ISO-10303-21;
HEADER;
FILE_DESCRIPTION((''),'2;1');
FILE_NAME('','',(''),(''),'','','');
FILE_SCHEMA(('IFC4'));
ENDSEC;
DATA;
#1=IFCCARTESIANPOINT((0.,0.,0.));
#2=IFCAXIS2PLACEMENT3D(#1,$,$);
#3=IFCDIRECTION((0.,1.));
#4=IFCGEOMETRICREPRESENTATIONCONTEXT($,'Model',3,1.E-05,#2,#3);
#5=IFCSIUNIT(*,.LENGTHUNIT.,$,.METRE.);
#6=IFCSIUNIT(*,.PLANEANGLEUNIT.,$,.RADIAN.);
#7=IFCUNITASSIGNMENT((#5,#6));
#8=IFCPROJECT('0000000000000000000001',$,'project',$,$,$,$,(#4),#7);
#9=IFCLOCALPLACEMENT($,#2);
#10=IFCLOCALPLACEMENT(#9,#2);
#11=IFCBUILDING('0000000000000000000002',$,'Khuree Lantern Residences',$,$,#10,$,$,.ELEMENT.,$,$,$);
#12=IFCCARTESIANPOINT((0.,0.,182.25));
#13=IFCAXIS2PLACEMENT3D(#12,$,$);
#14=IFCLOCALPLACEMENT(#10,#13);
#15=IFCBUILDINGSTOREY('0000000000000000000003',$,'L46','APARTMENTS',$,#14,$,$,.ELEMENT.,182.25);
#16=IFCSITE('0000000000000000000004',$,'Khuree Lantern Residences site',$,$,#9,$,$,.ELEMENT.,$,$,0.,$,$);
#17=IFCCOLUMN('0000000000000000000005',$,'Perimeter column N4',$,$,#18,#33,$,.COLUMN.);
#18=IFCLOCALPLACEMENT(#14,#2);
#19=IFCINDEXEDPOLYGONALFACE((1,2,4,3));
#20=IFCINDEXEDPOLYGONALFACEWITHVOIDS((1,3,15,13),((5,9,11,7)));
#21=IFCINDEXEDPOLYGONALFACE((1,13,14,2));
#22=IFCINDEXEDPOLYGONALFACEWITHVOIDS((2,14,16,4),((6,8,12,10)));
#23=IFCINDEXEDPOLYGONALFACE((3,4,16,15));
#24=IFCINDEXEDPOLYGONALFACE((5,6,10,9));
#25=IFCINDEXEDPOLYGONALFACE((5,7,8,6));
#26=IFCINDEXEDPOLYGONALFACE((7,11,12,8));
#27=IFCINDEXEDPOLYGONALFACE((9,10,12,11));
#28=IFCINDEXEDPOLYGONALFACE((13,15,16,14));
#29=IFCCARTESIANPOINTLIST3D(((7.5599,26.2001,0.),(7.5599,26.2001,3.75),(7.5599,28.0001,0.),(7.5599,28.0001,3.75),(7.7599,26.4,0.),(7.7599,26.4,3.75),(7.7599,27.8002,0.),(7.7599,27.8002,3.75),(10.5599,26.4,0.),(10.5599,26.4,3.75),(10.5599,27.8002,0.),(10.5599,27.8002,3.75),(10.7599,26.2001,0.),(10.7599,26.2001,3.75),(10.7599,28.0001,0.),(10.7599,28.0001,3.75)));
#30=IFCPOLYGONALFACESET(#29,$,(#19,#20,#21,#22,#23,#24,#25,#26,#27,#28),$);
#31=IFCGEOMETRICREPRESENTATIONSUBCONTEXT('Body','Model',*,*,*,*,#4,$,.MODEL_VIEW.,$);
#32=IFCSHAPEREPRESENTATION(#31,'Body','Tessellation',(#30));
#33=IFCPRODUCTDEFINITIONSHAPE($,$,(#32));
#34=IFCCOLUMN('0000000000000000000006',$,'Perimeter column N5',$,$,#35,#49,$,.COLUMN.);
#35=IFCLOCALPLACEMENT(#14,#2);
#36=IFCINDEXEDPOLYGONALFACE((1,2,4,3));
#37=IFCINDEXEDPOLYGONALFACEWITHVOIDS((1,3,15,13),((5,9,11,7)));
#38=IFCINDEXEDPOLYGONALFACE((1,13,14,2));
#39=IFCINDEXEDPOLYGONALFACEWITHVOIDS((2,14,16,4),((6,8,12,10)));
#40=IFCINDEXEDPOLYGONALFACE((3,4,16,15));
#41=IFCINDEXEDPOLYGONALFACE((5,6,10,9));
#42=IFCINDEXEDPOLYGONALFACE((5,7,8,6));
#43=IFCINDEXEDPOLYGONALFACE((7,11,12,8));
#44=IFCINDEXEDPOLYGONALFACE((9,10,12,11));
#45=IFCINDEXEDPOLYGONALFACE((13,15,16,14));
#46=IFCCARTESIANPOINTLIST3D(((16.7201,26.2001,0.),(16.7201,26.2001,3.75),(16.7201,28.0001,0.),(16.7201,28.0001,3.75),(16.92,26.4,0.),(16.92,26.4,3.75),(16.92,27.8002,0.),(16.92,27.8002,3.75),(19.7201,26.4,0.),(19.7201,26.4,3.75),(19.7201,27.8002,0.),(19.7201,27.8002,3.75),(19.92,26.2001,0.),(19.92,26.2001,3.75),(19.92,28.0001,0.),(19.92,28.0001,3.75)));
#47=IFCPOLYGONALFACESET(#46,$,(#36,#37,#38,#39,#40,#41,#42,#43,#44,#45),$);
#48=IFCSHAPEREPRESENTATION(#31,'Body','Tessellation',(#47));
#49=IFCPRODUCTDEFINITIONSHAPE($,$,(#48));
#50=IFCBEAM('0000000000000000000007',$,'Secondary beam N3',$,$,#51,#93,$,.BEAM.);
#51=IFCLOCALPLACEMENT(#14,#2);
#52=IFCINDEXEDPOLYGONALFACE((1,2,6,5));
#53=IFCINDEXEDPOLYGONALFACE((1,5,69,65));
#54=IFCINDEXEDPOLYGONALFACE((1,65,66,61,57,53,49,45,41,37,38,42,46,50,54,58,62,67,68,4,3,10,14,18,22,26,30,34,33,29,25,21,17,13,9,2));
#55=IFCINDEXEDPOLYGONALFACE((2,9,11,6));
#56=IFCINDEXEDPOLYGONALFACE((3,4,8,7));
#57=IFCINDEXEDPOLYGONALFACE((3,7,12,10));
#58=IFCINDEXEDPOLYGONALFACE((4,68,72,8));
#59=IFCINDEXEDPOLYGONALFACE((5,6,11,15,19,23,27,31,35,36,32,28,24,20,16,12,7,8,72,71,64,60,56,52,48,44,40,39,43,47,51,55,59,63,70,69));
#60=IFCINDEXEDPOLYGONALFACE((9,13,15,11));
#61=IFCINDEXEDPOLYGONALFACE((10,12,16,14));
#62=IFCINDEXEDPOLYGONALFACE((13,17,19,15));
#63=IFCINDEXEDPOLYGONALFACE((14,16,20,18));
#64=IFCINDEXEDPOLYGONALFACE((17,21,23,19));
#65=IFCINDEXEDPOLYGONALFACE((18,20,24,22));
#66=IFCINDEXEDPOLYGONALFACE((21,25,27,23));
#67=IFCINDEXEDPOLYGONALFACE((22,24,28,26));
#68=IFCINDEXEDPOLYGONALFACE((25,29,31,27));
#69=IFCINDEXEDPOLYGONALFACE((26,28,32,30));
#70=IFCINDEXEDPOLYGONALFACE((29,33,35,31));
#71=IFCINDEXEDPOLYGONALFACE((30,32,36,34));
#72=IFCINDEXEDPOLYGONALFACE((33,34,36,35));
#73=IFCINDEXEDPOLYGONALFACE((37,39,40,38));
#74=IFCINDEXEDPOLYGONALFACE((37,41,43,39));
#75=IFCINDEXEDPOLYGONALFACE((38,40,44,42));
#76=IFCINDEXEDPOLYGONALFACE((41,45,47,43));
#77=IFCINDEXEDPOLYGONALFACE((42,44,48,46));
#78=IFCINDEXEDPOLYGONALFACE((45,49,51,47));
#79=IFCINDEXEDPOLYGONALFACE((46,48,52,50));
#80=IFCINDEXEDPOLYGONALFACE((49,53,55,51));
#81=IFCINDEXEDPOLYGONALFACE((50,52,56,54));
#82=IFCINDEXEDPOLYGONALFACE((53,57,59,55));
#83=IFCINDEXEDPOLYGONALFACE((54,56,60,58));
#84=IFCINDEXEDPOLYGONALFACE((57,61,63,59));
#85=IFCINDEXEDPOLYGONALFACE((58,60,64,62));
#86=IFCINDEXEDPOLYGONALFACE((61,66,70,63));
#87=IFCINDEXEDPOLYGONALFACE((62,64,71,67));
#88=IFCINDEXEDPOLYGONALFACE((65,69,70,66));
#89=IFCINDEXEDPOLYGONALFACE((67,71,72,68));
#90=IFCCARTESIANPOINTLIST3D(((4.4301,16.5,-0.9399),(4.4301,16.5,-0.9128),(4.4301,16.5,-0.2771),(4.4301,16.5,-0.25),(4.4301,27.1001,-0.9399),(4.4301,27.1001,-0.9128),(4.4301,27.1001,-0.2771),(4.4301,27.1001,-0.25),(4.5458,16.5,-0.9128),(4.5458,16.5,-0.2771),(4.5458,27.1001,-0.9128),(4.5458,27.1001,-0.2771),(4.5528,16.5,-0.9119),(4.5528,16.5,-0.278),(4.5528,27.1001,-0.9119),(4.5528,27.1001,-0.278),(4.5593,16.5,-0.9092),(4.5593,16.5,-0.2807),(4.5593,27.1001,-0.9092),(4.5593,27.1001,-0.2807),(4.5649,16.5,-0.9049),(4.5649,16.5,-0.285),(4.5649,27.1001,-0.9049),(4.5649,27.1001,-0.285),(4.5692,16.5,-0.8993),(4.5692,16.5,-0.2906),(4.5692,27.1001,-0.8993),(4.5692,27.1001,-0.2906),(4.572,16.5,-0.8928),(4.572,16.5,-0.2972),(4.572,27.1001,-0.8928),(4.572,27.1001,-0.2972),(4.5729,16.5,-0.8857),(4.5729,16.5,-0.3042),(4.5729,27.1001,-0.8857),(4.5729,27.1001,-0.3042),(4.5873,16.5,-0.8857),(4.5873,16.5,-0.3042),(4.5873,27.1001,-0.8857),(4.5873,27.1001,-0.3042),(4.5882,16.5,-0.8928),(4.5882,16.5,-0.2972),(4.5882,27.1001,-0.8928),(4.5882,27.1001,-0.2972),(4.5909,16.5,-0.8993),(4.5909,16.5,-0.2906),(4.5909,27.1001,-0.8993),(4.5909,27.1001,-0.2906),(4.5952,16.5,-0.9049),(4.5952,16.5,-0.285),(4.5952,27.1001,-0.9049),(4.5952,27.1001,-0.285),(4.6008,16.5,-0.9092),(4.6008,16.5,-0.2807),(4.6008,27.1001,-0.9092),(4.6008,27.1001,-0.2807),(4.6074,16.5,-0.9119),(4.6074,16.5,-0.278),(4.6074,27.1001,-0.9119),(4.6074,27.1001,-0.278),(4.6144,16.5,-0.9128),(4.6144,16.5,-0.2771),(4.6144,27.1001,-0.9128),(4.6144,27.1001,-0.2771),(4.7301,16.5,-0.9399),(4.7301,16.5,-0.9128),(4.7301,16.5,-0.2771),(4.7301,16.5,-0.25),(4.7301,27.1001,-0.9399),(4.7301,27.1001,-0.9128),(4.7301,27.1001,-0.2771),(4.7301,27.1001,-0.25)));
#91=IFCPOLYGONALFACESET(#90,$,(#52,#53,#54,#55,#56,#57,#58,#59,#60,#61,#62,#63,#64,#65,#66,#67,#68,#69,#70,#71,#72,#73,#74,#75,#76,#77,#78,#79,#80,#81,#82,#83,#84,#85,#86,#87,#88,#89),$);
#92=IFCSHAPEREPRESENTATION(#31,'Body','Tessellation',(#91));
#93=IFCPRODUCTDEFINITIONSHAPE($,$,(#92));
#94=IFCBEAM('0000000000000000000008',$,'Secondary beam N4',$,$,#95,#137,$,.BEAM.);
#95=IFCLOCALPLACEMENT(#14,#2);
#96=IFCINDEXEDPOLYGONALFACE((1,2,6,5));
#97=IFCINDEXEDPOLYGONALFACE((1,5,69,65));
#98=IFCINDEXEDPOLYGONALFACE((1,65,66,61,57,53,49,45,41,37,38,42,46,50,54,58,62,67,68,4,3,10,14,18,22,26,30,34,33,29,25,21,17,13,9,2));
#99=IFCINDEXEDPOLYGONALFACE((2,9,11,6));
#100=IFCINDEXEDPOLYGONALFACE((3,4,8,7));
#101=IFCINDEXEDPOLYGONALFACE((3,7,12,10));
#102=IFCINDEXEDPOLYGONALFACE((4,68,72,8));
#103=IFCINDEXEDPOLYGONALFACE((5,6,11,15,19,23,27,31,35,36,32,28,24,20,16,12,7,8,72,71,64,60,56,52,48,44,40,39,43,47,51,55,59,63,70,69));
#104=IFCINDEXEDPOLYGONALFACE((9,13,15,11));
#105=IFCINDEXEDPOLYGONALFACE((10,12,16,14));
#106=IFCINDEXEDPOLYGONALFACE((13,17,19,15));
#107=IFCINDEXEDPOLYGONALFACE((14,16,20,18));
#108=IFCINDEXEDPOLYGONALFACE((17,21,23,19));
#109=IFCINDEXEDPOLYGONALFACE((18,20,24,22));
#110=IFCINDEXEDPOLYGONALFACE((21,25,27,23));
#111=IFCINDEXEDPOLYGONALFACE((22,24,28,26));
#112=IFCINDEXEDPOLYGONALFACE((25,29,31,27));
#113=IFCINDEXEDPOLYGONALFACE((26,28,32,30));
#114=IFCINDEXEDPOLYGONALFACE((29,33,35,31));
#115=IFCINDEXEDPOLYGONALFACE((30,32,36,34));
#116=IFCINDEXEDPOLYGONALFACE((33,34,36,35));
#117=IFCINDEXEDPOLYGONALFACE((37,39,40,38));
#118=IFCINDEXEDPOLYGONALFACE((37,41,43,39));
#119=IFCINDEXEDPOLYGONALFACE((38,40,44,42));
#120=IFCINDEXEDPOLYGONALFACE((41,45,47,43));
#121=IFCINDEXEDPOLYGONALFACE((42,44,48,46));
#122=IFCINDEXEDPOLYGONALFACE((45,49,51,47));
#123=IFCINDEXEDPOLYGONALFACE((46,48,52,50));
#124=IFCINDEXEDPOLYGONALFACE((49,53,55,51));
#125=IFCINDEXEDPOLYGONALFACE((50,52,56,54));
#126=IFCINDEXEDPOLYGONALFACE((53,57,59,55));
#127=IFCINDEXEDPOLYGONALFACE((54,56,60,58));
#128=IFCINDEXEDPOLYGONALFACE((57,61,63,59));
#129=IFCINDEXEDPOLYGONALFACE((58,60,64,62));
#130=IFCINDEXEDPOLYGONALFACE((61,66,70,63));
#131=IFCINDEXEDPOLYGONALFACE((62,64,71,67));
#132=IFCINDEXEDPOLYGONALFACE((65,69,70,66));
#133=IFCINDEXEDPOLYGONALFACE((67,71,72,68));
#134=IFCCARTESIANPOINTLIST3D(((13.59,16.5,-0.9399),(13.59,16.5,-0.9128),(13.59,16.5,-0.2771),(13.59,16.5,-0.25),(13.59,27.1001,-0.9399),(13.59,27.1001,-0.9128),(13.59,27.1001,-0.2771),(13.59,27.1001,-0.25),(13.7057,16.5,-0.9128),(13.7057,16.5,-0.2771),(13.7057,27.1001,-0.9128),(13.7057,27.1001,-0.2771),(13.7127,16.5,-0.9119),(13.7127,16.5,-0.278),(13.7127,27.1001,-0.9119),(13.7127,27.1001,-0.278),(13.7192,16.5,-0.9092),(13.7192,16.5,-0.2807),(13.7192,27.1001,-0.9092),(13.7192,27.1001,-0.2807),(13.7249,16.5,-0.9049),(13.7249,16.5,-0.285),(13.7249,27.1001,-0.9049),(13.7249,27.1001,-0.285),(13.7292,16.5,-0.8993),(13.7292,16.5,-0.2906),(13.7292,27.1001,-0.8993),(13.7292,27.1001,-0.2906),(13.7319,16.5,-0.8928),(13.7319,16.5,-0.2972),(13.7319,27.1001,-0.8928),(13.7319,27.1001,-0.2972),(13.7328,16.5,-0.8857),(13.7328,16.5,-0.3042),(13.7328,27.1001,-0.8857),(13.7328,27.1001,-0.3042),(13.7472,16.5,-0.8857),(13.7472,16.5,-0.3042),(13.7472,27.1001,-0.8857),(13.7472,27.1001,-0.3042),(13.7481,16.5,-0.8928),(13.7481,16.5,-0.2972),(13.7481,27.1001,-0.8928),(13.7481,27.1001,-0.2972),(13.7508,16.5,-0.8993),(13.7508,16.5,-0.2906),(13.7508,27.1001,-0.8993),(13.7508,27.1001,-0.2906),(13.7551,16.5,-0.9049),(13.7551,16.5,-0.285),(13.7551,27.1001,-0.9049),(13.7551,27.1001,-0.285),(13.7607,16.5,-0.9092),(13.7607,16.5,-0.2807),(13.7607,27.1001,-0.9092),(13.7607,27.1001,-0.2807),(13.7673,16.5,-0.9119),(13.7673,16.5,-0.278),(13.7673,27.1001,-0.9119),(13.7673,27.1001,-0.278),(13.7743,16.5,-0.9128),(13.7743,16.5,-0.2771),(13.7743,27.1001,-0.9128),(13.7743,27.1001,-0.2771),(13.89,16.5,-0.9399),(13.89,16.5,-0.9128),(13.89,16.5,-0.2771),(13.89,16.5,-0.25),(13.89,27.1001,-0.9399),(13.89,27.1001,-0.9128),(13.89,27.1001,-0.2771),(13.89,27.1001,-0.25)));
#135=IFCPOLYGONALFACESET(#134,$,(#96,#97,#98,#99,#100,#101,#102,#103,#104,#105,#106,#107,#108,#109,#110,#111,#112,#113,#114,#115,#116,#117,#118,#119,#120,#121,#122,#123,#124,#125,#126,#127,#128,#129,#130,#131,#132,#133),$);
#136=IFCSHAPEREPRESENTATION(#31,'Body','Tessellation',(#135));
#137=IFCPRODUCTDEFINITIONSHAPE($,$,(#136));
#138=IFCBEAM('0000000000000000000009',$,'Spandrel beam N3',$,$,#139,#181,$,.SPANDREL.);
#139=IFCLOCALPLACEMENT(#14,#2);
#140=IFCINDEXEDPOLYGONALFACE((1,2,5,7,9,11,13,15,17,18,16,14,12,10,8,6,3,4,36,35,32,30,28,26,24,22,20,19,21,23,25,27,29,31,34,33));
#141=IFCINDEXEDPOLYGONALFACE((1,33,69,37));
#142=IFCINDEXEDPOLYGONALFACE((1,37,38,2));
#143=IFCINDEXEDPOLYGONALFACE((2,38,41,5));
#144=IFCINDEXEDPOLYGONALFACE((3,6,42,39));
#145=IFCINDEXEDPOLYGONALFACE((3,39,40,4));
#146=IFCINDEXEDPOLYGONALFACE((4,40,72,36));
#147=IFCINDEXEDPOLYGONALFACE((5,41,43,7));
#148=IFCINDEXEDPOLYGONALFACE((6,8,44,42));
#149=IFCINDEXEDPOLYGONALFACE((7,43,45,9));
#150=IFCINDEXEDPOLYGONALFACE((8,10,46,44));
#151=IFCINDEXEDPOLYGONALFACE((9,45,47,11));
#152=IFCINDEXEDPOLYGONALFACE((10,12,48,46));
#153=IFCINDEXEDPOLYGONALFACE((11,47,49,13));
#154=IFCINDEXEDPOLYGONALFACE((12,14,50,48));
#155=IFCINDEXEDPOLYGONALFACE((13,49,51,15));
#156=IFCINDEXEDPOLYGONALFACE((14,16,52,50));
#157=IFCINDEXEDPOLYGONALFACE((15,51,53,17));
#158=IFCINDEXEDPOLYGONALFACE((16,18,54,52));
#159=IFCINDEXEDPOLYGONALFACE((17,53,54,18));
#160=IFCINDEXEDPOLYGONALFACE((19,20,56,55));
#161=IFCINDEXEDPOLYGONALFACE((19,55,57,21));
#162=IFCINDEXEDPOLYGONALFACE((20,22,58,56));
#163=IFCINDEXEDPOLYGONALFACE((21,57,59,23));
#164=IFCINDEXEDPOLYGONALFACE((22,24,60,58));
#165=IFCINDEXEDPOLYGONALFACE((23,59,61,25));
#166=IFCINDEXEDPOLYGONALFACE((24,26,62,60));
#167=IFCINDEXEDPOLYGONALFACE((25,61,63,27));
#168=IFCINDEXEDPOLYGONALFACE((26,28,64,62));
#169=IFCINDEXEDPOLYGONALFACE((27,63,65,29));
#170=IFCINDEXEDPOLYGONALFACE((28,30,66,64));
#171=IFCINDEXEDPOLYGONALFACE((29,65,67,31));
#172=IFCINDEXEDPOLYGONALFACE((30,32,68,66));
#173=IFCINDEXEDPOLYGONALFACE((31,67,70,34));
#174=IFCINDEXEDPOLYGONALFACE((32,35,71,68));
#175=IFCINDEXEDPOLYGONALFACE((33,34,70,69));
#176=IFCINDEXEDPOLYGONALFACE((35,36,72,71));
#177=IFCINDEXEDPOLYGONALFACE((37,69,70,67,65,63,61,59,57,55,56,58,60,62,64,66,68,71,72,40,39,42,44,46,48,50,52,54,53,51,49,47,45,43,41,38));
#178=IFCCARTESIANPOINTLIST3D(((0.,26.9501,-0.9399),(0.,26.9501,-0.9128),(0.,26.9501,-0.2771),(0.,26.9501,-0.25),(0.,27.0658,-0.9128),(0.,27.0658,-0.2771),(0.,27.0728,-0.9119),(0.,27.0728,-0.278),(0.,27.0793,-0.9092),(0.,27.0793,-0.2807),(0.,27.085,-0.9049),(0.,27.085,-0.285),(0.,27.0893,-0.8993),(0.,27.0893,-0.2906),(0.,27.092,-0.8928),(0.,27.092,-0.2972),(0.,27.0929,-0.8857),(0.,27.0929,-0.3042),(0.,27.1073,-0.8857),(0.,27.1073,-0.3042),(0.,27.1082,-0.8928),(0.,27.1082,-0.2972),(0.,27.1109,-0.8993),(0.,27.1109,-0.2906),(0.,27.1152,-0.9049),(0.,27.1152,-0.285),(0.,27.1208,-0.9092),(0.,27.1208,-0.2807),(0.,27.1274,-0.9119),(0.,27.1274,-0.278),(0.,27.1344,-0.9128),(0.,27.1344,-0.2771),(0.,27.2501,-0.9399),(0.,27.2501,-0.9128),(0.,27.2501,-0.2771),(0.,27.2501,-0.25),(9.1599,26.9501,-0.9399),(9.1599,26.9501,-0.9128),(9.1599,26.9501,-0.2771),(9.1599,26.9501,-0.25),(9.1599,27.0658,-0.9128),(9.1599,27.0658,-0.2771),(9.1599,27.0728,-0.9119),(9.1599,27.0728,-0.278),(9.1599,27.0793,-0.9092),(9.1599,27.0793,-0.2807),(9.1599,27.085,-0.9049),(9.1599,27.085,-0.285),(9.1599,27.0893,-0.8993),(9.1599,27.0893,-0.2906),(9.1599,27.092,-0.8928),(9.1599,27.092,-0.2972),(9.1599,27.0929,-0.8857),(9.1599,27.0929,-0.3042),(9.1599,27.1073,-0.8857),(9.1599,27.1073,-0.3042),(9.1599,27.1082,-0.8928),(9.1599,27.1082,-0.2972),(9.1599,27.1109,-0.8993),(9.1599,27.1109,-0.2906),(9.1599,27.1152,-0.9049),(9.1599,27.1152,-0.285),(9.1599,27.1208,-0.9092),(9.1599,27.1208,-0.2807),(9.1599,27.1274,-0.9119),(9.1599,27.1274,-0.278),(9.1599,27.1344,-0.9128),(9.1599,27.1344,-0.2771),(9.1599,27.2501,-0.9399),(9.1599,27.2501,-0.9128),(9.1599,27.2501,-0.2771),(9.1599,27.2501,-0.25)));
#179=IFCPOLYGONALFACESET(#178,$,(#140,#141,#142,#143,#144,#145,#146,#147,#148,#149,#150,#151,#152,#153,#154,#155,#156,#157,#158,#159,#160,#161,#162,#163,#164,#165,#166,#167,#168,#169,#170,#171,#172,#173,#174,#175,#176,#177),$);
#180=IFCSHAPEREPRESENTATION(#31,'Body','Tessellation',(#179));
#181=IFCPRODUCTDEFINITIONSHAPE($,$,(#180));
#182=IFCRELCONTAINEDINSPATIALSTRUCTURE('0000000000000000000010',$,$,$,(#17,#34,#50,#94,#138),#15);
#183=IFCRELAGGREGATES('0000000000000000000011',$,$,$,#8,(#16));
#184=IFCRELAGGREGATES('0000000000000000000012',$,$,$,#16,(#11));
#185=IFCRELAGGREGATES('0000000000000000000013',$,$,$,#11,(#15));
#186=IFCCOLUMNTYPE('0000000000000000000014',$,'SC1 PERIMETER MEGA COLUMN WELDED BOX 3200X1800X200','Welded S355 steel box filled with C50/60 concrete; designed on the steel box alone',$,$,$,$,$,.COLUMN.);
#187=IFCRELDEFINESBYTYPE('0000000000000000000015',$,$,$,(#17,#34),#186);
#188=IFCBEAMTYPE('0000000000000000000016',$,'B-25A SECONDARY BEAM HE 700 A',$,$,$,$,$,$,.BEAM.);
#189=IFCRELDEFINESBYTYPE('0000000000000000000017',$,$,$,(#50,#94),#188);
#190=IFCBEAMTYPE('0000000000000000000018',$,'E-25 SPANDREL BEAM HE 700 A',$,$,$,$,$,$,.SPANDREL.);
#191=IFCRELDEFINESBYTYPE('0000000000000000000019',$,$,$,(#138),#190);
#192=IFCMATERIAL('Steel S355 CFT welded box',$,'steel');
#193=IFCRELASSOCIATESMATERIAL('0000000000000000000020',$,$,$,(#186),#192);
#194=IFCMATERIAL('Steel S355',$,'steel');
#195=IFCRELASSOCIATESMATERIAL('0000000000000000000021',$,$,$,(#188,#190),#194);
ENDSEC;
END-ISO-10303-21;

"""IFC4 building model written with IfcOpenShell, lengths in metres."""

from ifc_helpers import new_model, si_unit, direction, frame, origin, origin_2d, place, context, subcontext, project, spatial, hollow_rectangle, i_section, extrude, material, material_profile, profile_set, type_object, element, save


model = new_model("IFC4")

# Units and contexts
model_context = context("Model", 3, precision=1e-05, world=origin(), true_north=direction((0.0, 1.0)))
body_context = subcontext(model_context, "Body", "Model", "MODEL_VIEW")
ifc_project = project(units=[si_unit("LENGTHUNIT", "METRE"), si_unit("PLANEANGLEUNIT", "RADIAN")], contexts=[model_context])

# Site, building, storey
site_placement = place(None, origin())
site = spatial("IfcSite", under=ifc_project, at=site_placement, Name="Khuree Lantern Residences site", CompositionType="ELEMENT", RefElevation=0.0)
building_placement = place(site_placement, origin())
building = spatial("IfcBuilding", under=site, at=building_placement, Name="Khuree Lantern Residences", CompositionType="ELEMENT")
storey_placement = place(building_placement, frame((0.0, 0.0, 182.25)))
storey = spatial("IfcBuildingStorey", under=building, at=storey_placement, Name="L46", Description="APARTMENTS", CompositionType="ELEMENT", Elevation=182.25)

# Columns
ifc_material_1 = material(Name="Steel S355 CFT welded box", Category="steel")
ifc_material_profile_1 = material_profile(ifc_material_1, hollow_rectangle(XDim=3.2, YDim=1.8, WallThickness=0.2, at=origin_2d()), Name="WELDED BOX 3200X1800X200")
ifc_profile_set_1 = profile_set([ifc_material_profile_1], Name="Steel S355 CFT welded box")
column_type = type_object("IfcColumnType", Name="SC1 PERIMETER MEGA COLUMN WELDED BOX 3200X1800X200", Description="Welded S355 steel box filled with C50/60 concrete; designed on the steel box alone", PredefinedType="COLUMN", material=ifc_profile_set_1)
for number, where, z_axis, x_axis, name in (
    (1, (9.1599, 27.1001, 0.0), (0.0, 0.0, 1.0), (1.0, 0.0, 0.0), "Perimeter column N4"),
    (2, (18.3201, 27.1001, 0.0), (0.0, 0.0, 1.0), (1.0, 0.0, 0.0), "Perimeter column N5"),
):
    element("IfcColumn", number, at=place(storey_placement, frame(where, z_axis=z_axis, x_axis=x_axis)), inside=storey, type_object=column_type, Name=name, PredefinedType="COLUMN", context=body_context, shape_type="SweptSolid", body=[
        extrude(hollow_rectangle(XDim=3.2, YDim=1.8, WallThickness=0.2, at=origin_2d()), origin(), (0.0, 0.0, 1.0), 3.75),
    ])

# Beams
ifc_material_2 = material(Name="Steel S355", Category="steel")
ifc_material_profile_2 = material_profile(ifc_material_2, i_section(OverallWidth=0.3, OverallDepth=0.6899, WebThickness=0.0144, FlangeThickness=0.0271, FilletRadius=0.0271, at=origin_2d()), Name="HE 700 A")
ifc_profile_set_2 = profile_set([ifc_material_profile_2], Name="Steel S355")
beam_type_1 = type_object("IfcBeamType", Name="B-25A SECONDARY BEAM HE 700 A", PredefinedType="BEAM", material=ifc_profile_set_2)
for number, where, z_axis, x_axis, name in (
    (3, (4.5801, 27.1001, -0.595), (0.0, -1.0, 0.0), (1.0, 0.0, 0.0), "Secondary beam N3"),
    (4, (13.74, 27.1001, -0.595), (0.0, -1.0, 0.0), (1.0, 0.0, 0.0), "Secondary beam N4"),
):
    element("IfcBeam", number, at=place(storey_placement, frame(where, z_axis=z_axis, x_axis=x_axis)), inside=storey, type_object=beam_type_1, Name=name, PredefinedType="BEAM", context=body_context, shape_type="SweptSolid", body=[
        extrude(i_section(OverallWidth=0.3, OverallDepth=0.6899, WebThickness=0.0144, FlangeThickness=0.0271, FilletRadius=0.0271, at=origin_2d()), origin(), (0.0, 0.0, 1.0), 10.6001),
    ])
ifc_material_profile_3 = material_profile(ifc_material_2, i_section(OverallWidth=0.3, OverallDepth=0.6899, WebThickness=0.0144, FlangeThickness=0.0271, FilletRadius=0.0271, at=origin_2d()), Name="HE 700 A")
ifc_profile_set_3 = profile_set([ifc_material_profile_3], Name="Steel S355")
beam_type_2 = type_object("IfcBeamType", Name="E-25 SPANDREL BEAM HE 700 A", PredefinedType="SPANDREL", material=ifc_profile_set_3)
beam_1_placement = place(storey_placement, frame((0.0, 27.1001, -0.595), z_axis=(1.0, 0.0, 0.0), x_axis=(0.0, 1.0, 0.0)))
element("IfcBeam", 5, at=beam_1_placement, inside=storey, type_object=beam_type_2, Name="Spandrel beam N3", PredefinedType="SPANDREL", context=body_context, shape_type="SweptSolid", body=[
    extrude(i_section(OverallWidth=0.3, OverallDepth=0.6899, WebThickness=0.0144, FlangeThickness=0.0271, FilletRadius=0.0271, at=origin_2d()), origin(), (0.0, 0.0, 1.0), 9.1599),
])

save(model, "model.ifc")
